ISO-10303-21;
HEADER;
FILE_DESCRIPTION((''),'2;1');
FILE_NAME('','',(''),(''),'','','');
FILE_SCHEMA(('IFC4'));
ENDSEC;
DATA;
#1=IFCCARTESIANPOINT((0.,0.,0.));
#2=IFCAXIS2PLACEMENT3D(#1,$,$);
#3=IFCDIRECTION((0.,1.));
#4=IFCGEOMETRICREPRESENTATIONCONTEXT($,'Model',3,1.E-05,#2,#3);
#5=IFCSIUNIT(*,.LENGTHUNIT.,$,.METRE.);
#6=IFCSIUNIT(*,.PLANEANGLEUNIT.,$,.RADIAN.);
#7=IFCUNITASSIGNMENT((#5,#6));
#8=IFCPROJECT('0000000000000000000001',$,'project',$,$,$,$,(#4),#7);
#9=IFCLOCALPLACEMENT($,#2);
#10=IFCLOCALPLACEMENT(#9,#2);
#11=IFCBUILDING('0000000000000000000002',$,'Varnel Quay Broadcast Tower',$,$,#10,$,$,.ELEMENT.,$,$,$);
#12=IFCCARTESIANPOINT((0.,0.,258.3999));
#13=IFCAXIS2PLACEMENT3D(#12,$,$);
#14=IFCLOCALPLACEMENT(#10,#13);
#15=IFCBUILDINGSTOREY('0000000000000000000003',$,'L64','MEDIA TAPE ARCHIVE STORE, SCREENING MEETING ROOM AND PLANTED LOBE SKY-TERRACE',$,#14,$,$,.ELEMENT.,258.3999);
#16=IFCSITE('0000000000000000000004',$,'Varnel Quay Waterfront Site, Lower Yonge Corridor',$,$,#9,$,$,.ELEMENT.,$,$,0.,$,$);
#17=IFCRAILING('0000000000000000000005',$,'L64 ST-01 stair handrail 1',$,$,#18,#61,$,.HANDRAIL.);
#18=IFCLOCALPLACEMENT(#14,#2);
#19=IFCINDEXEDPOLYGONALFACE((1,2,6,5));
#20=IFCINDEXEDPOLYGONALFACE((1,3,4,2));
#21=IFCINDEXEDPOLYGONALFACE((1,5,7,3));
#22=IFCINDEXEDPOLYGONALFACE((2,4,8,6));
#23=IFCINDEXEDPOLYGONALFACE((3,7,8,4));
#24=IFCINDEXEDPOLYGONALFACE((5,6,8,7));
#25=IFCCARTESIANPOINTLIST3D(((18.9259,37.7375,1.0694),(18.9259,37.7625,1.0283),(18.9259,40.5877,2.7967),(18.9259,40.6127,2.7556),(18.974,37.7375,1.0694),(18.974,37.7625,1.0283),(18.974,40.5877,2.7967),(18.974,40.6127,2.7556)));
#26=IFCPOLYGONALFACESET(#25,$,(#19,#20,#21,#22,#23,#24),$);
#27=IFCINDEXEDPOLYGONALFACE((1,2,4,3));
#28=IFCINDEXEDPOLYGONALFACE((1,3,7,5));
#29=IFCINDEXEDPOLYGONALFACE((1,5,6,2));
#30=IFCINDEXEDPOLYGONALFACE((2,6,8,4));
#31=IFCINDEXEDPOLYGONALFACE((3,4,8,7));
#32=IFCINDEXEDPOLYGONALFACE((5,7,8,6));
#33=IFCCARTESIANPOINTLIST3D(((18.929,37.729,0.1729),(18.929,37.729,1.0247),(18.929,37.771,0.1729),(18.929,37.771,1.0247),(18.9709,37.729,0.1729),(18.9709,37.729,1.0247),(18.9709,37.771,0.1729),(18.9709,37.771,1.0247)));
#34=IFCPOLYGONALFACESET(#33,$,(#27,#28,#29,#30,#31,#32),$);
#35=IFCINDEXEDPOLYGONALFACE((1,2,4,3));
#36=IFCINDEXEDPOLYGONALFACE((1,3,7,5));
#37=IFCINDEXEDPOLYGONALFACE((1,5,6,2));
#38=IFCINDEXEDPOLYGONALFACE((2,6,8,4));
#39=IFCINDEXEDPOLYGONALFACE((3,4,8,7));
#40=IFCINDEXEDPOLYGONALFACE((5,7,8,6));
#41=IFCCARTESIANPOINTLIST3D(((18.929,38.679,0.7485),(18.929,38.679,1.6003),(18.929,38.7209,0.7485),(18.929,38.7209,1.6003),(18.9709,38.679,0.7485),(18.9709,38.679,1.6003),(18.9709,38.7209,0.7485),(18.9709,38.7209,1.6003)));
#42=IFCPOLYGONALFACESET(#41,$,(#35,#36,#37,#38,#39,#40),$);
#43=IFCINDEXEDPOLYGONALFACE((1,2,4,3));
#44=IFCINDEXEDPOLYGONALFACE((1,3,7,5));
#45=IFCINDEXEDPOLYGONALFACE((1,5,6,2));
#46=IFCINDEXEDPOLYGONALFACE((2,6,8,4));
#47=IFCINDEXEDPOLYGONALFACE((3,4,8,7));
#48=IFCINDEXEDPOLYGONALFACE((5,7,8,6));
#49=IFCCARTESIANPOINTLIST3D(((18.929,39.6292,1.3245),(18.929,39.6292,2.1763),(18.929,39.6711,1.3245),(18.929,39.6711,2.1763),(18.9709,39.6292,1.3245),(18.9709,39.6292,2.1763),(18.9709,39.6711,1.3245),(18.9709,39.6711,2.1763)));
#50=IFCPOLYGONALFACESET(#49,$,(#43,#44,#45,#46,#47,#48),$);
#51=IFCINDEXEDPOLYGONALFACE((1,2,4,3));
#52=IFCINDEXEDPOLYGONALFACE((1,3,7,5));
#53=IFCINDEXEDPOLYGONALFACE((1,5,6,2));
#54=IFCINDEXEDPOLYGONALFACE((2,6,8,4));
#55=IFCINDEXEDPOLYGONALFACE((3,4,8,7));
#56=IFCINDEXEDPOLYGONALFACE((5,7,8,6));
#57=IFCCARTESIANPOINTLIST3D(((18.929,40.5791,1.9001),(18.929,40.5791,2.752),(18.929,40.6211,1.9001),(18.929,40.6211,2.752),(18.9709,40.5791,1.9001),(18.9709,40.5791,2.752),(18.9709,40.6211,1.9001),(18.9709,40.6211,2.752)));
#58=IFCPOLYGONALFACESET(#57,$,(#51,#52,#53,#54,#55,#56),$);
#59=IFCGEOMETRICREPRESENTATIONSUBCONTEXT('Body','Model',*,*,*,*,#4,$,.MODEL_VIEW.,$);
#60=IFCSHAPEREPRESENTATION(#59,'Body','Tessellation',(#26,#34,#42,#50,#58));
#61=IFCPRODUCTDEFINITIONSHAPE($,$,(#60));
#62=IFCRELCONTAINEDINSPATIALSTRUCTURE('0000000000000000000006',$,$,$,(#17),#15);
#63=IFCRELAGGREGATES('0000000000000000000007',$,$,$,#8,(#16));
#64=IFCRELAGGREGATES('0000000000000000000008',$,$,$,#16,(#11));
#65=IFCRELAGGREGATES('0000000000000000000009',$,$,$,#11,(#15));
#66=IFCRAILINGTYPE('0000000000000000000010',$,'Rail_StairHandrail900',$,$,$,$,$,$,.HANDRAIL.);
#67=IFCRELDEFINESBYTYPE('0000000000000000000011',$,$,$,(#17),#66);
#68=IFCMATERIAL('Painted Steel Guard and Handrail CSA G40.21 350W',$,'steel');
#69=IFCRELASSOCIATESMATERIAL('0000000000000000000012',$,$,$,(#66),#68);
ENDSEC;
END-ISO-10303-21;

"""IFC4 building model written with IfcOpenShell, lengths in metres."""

from ifc_helpers import new_model, si_unit, direction, frame, origin, origin_2d, place, context, subcontext, project, spatial, rectangle, extrude, material, type_object, element, save


model = new_model("IFC4")

# Units and contexts
model_context = context("Model", 3, precision=1e-05, world=origin(), true_north=direction((0.0, 1.0)))
body_context = subcontext(model_context, "Body", "Model", "MODEL_VIEW")
ifc_project = project(units=[si_unit("LENGTHUNIT", "METRE"), si_unit("PLANEANGLEUNIT", "RADIAN")], contexts=[model_context])

# Site, building, storey
site_placement = place(None, origin())
site = spatial("IfcSite", under=ifc_project, at=site_placement, Name="Varnel Quay Waterfront Site, Lower Yonge Corridor", CompositionType="ELEMENT", RefElevation=0.0)
building_placement = place(site_placement, origin())
building = spatial("IfcBuilding", under=site, at=building_placement, Name="Varnel Quay Broadcast Tower", CompositionType="ELEMENT")
storey_placement = place(building_placement, frame((0.0, 0.0, 258.3999)))
storey = spatial("IfcBuildingStorey", under=building, at=storey_placement, Name="L64", Description="MEDIA TAPE ARCHIVE STORE, SCREENING MEETING ROOM AND PLANTED LOBE SKY-TERRACE", CompositionType="ELEMENT", Elevation=258.3999)

# Railing
ifc_material_1 = material(Name="Painted Steel Guard and Handrail CSA G40.21 350W", Category="steel")
railing_type_1 = type_object("IfcRailingType", Name="Rail_StairHandrail900", PredefinedType="HANDRAIL", material=ifc_material_1)
railing_1_placement = place(storey_placement, frame((18.95, 37.75, 0.1729)))
element("IfcRailing", 1, at=railing_1_placement, inside=storey, type_object=railing_type_1, Name="L64 ST-01 stair handrail 1", PredefinedType="HANDRAIL", context=body_context, shape_type="SweptSolid", body=[
    extrude(rectangle(XDim=0.0481, YDim=0.0481, at=origin_2d()), frame((0.0, 0.0, 0.876), z_axis=(0.0, 0.855203, 0.518294), x_axis=(-1.0, 0.0, 0.0)), (0.0, 0.0, 1.0), 3.3328),
    extrude(rectangle(XDim=0.042, YDim=0.042, at=origin_2d()), origin(), (0.0, 0.0, 1.0), 0.8518),
    extrude(rectangle(XDim=0.042, YDim=0.042, at=origin_2d()), frame((0.0, 0.95, 0.5757)), (0.0, 0.0, 1.0), 0.8518),
    extrude(rectangle(XDim=0.042, YDim=0.042, at=origin_2d()), frame((0.0, 1.9001, 1.1516)), (0.0, 0.0, 1.0), 0.8518),
    extrude(rectangle(XDim=0.042, YDim=0.042, at=origin_2d()), frame((0.0, 2.8501, 1.7273)), (0.0, 0.0, 1.0), 0.8518),
])

save(model, "model.ifc")
